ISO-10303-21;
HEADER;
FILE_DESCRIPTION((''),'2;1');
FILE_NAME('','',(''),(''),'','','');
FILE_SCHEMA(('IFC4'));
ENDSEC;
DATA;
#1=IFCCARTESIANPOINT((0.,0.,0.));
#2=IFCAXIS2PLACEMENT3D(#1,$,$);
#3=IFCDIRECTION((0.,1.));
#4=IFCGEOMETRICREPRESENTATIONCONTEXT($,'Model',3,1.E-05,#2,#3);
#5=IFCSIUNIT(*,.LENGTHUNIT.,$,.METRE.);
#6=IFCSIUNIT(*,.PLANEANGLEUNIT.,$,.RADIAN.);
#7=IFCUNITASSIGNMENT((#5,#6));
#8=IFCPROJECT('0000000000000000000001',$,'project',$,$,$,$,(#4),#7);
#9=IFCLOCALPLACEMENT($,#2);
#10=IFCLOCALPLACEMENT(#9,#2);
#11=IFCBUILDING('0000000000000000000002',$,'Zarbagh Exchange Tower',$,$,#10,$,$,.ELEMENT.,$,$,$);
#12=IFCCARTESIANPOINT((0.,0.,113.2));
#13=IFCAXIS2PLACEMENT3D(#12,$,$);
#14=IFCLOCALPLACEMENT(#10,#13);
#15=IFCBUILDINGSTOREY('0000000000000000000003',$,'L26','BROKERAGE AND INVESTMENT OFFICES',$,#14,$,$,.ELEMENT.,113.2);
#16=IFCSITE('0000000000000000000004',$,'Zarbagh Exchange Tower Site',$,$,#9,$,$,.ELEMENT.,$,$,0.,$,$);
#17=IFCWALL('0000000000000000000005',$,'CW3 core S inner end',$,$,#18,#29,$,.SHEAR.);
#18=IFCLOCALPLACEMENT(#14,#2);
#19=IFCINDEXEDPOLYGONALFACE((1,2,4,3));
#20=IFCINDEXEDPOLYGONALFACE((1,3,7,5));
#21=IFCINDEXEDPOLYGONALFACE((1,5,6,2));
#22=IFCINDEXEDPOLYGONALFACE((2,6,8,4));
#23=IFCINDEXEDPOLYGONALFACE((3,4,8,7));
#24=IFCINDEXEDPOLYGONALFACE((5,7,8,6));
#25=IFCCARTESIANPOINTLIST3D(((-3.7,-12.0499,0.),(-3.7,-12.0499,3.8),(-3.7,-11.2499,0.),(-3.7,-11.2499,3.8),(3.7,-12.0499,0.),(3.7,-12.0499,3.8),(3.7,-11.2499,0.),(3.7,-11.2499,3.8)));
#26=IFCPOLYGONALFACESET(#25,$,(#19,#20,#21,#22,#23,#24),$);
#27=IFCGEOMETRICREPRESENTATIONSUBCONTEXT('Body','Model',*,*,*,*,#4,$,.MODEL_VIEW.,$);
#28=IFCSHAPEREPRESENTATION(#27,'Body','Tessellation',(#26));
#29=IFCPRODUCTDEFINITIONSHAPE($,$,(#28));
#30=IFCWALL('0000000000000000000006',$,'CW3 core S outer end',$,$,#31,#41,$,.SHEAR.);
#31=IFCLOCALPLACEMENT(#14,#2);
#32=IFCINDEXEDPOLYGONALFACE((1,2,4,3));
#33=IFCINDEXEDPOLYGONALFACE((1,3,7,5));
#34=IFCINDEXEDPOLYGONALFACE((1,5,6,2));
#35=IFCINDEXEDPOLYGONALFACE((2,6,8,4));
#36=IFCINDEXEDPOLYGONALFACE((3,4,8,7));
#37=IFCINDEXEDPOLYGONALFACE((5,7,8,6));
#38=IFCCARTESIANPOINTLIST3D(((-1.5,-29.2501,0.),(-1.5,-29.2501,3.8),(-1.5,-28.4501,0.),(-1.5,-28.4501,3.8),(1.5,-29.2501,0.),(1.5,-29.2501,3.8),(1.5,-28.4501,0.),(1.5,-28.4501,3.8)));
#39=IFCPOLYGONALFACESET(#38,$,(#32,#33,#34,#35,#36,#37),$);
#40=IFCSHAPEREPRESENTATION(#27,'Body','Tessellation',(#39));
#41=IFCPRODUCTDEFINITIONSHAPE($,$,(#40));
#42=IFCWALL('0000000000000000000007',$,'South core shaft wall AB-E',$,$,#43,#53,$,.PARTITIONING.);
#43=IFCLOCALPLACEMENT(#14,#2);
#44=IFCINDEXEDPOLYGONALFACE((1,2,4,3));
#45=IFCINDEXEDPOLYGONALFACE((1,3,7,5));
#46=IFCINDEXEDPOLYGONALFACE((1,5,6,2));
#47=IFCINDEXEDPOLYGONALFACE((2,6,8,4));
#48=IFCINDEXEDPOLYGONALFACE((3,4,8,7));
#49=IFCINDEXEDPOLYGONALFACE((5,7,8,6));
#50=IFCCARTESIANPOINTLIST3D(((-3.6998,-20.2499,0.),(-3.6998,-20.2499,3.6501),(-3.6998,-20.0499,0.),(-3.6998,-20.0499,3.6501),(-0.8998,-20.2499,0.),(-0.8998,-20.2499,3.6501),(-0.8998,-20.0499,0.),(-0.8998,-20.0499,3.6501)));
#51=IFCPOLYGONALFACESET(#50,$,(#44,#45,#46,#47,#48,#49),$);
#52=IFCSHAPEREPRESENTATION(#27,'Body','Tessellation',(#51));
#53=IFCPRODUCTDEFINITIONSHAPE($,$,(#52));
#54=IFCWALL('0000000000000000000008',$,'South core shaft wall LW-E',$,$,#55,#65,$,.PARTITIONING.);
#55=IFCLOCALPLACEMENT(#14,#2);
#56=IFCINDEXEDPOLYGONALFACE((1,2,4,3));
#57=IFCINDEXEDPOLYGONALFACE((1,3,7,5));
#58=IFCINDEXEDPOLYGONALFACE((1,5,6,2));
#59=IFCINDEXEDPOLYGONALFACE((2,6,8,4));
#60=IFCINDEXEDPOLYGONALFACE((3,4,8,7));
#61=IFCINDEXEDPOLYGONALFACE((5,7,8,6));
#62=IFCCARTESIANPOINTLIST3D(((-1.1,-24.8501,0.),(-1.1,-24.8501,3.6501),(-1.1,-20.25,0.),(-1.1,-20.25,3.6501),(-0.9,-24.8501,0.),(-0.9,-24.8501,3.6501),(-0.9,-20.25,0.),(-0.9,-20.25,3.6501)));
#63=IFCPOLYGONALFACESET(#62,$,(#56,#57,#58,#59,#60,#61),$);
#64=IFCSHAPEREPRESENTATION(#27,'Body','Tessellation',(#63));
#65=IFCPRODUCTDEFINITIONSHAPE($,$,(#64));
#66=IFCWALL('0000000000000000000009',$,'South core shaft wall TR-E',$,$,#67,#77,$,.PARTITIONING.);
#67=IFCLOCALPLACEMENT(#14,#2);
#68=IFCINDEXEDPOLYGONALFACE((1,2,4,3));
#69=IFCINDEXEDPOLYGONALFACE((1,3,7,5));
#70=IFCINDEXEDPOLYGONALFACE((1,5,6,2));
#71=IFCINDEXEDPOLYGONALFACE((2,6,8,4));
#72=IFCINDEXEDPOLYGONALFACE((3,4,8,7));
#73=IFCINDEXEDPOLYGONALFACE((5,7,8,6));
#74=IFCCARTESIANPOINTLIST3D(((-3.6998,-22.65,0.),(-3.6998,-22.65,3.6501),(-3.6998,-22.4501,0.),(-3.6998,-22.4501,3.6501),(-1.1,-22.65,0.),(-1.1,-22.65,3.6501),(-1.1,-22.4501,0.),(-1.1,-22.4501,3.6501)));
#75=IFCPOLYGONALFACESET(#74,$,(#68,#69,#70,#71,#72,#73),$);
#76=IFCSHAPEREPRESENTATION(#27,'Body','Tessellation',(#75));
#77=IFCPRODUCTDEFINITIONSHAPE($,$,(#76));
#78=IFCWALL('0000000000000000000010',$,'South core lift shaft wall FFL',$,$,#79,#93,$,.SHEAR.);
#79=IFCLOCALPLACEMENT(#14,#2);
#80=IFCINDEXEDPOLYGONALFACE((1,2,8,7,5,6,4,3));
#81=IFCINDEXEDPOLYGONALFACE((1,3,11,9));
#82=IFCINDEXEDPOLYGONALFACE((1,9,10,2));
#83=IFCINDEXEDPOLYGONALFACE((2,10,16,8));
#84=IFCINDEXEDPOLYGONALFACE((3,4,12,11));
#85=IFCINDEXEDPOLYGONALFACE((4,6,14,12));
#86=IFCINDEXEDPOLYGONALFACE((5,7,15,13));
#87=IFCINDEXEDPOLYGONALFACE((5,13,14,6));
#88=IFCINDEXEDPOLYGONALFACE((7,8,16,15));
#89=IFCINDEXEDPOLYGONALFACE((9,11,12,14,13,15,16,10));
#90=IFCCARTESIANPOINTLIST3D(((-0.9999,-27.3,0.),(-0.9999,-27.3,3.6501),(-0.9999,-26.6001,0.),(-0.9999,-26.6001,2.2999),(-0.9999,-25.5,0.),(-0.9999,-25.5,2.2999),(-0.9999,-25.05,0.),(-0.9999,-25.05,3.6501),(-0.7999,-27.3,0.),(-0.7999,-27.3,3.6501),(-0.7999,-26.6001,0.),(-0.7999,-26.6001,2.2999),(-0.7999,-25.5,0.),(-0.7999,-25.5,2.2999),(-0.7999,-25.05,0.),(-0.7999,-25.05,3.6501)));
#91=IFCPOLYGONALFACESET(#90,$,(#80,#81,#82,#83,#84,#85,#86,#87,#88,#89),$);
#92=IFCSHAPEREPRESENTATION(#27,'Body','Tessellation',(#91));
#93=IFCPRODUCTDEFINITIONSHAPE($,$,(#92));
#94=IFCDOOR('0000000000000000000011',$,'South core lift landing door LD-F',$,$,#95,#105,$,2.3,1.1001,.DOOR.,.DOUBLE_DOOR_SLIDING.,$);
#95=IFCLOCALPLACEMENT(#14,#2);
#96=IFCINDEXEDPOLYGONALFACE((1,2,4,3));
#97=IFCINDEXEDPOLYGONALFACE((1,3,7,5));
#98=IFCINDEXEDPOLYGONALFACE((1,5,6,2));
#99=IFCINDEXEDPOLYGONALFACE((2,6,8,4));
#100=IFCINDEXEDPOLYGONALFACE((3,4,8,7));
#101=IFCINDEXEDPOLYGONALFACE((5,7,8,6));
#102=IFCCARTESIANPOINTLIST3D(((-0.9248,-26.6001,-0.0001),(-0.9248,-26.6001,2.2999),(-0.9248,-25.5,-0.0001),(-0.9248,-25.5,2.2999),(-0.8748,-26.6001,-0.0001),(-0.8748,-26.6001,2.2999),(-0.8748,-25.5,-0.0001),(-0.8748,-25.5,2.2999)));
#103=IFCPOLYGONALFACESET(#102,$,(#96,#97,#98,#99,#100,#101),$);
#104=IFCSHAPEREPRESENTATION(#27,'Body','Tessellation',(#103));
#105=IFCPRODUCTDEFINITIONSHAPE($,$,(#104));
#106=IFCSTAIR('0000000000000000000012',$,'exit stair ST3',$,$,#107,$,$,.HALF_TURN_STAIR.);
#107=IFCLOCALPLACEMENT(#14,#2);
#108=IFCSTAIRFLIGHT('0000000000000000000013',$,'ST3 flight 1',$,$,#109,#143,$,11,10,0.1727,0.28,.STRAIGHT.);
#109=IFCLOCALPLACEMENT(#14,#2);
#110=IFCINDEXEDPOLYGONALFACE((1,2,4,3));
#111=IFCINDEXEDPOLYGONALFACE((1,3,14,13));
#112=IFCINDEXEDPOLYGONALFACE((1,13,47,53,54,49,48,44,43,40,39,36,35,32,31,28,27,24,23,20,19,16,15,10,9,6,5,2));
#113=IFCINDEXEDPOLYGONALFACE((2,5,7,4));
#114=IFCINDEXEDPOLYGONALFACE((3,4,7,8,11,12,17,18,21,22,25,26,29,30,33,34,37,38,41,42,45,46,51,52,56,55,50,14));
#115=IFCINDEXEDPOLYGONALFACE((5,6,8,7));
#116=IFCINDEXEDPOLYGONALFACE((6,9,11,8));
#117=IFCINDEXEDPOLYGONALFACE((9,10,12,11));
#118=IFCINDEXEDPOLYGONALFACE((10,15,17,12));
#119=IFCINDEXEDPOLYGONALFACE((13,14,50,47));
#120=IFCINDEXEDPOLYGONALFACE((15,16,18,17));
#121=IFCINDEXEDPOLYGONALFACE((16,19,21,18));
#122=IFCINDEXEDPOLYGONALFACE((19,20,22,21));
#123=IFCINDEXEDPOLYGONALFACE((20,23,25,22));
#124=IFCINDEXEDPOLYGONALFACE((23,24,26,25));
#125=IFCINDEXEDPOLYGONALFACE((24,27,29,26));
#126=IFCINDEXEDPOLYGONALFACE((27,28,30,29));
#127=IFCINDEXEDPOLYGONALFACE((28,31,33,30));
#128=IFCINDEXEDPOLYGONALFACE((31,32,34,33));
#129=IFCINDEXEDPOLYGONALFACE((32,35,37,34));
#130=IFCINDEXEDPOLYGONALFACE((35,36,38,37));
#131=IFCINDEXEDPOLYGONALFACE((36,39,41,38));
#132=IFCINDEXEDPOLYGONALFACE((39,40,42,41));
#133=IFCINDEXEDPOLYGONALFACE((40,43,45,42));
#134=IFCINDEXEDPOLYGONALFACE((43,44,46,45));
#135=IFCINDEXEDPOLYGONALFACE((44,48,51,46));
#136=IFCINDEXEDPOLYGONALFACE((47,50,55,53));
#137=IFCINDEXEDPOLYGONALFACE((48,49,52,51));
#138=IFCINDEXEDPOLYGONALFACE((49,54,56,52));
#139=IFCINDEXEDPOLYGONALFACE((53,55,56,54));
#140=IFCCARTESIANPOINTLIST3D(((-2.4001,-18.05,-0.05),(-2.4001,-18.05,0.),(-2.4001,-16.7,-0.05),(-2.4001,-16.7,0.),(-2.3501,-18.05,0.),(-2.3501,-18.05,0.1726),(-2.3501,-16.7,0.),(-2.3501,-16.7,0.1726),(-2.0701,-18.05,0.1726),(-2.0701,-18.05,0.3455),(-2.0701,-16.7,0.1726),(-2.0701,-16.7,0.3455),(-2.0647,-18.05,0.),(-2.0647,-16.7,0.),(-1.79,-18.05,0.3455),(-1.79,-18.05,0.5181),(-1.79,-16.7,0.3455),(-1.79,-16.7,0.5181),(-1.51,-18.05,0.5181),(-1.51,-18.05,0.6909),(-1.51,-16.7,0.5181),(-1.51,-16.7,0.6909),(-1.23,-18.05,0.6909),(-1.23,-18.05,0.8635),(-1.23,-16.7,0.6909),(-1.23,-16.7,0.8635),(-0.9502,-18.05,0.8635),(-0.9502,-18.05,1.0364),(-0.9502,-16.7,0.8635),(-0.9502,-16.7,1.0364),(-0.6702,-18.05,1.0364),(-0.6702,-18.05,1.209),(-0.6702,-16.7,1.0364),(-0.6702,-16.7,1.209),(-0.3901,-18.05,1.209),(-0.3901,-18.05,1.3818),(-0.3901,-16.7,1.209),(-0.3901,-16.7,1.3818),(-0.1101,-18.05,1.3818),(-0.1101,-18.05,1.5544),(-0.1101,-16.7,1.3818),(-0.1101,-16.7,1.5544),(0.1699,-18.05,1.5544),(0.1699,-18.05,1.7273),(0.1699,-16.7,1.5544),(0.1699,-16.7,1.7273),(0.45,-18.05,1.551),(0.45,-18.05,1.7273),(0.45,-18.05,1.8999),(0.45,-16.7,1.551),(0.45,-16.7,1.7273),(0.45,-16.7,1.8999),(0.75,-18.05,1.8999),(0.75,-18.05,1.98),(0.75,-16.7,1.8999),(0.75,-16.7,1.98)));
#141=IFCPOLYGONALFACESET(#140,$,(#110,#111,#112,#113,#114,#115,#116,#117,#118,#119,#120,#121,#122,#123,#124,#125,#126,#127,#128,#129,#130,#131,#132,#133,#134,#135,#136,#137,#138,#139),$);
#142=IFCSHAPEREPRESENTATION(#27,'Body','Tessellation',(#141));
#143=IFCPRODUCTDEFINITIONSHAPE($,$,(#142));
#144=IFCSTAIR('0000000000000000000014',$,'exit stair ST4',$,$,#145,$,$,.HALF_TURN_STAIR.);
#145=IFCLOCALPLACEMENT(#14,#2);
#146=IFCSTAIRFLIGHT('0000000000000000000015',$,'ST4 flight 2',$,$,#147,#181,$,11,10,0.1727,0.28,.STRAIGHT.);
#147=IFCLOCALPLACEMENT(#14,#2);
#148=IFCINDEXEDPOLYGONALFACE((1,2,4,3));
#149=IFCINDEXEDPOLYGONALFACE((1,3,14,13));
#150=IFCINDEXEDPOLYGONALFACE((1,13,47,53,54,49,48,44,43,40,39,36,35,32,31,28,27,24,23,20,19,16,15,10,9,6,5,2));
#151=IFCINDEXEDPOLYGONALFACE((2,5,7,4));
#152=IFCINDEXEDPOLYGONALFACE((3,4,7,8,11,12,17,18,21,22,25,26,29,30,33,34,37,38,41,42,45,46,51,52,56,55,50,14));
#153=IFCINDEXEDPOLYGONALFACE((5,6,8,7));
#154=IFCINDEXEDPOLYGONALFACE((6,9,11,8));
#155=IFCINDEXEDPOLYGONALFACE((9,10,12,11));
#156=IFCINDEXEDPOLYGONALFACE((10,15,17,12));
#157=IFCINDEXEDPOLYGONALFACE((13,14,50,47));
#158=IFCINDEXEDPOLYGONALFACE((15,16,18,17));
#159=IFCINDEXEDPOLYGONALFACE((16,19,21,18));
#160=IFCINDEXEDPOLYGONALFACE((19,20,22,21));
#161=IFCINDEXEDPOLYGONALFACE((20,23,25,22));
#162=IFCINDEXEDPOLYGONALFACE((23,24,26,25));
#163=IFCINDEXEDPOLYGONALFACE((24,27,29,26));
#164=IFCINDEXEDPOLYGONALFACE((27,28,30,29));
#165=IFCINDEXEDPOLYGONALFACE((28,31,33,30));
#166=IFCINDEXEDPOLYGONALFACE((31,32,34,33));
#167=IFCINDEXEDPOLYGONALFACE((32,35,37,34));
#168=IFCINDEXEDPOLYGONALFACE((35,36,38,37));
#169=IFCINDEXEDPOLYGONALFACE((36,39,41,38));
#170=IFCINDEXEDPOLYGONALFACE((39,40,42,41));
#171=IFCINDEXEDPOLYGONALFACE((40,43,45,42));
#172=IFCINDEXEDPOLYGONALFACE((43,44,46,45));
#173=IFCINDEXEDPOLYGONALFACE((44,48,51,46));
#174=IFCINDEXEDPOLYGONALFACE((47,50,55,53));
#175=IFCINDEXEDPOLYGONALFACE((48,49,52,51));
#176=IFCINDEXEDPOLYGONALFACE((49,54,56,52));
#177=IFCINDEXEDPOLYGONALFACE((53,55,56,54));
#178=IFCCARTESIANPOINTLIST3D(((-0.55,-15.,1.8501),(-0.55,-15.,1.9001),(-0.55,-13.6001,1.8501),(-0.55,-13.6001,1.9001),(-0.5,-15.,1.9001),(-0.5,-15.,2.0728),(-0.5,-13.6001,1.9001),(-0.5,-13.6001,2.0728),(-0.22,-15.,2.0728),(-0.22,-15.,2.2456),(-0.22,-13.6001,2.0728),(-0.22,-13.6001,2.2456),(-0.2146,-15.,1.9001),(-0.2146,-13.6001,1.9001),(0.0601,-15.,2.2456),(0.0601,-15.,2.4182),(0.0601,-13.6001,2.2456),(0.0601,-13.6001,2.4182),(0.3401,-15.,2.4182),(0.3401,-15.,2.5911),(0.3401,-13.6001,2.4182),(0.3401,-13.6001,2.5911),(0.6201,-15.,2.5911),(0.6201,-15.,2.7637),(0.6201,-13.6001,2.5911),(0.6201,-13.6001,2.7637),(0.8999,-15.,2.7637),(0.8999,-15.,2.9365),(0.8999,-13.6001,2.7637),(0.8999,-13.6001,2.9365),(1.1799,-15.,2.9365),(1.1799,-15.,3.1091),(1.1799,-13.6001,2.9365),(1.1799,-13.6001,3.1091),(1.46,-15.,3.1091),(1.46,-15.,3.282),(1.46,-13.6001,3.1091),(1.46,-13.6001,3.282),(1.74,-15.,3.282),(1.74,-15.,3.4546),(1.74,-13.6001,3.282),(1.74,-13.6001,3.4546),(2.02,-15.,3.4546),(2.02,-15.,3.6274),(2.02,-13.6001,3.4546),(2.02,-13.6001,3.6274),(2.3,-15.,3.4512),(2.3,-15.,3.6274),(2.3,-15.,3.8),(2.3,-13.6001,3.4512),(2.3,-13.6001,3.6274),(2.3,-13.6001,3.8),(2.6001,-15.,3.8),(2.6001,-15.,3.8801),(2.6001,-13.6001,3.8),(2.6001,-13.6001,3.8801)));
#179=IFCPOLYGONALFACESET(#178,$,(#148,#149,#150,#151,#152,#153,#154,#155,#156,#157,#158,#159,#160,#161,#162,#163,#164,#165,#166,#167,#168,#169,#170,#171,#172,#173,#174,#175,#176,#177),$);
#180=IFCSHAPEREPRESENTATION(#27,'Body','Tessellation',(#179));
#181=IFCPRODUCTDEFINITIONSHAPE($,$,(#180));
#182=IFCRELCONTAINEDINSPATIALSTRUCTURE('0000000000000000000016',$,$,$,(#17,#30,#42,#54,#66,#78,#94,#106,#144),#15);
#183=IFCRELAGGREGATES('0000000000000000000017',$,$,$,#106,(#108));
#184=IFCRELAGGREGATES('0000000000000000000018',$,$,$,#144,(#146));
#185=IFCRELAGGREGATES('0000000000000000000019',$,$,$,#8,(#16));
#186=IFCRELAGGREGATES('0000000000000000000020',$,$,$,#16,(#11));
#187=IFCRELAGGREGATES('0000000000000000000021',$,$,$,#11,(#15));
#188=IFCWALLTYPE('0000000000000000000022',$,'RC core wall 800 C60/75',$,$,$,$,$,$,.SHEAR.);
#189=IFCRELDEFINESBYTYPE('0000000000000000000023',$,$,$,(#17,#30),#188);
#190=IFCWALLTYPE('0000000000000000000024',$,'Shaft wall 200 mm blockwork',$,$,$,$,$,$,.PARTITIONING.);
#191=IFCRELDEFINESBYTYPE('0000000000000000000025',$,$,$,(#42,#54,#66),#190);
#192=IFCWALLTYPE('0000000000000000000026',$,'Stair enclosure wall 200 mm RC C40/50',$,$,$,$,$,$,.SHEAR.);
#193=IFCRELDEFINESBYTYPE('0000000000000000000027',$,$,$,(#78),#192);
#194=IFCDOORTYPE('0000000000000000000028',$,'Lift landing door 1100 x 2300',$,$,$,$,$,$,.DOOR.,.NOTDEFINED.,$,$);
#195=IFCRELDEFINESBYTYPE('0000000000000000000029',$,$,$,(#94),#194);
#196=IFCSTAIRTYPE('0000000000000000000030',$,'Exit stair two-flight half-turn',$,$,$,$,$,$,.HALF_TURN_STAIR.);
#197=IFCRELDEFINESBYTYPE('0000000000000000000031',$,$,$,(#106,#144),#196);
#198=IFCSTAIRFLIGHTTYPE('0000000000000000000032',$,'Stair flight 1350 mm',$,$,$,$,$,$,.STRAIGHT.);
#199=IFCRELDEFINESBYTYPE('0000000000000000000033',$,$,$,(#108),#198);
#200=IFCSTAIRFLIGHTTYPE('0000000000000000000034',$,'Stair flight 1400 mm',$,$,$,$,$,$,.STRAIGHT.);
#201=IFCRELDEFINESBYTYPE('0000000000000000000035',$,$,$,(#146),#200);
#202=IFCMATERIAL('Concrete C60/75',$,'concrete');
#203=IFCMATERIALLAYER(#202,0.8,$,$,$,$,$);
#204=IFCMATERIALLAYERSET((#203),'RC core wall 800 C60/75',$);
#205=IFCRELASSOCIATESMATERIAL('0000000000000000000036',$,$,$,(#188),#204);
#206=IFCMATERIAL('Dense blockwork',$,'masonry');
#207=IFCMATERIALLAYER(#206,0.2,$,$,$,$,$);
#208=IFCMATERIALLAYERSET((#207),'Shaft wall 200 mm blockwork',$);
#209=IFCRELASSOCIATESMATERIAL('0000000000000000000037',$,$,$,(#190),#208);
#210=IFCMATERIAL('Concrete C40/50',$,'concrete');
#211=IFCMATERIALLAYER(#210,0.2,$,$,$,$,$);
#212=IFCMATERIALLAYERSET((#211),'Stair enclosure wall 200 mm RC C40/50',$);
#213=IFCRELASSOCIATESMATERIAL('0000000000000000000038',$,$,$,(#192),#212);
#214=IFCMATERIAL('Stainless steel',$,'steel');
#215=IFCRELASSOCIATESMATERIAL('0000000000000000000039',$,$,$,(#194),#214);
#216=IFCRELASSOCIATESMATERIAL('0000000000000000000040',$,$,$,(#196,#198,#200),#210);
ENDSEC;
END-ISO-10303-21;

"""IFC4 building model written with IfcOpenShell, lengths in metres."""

from ifc_helpers import new_model, si_unit, direction, frame, frame_2d, origin, place, context, subcontext, project, spatial, polyline, rectangle, outline, extrude, material, layer, layer_set, type_object, element, fill, aggregate, save


model = new_model("IFC4")

# Units and contexts
model_context = context("Model", 3, precision=1e-05, world=origin(), true_north=direction((0.0, 1.0)))
body_context = subcontext(model_context, "Body", "Model", "MODEL_VIEW")
ifc_project = project(units=[si_unit("LENGTHUNIT", "METRE"), si_unit("PLANEANGLEUNIT", "RADIAN")], contexts=[model_context])

# Site, building, storey
site_placement = place(None, origin())
site = spatial("IfcSite", under=ifc_project, at=site_placement, Name="Zarbagh Exchange Tower Site", CompositionType="ELEMENT", RefElevation=0.0)
building_placement = place(site_placement, origin())
building = spatial("IfcBuilding", under=site, at=building_placement, Name="Zarbagh Exchange Tower", CompositionType="ELEMENT")
storey_placement = place(building_placement, frame((0.0, 0.0, 113.2)))
storey = spatial("IfcBuildingStorey", under=building, at=storey_placement, Name="L26", Description="BROKERAGE AND INVESTMENT OFFICES", CompositionType="ELEMENT", Elevation=113.2)

# Shared definitions
ifc_material_1 = material(Name="Concrete C60/75", Category="concrete")

# Shared definitions
ifc_material_2 = material(Name="Concrete C40/50", Category="concrete")

# Shared definitions
ifc_layer_1 = layer(ifc_material_1, 0.8)
ifc_layer_set_1 = layer_set([ifc_layer_1], Name="RC core wall 800 C60/75")
wall_type_1 = type_object("IfcWallType", Name="RC core wall 800 C60/75", PredefinedType="SHEAR", material=ifc_layer_set_1)

# Walls
wall_1_placement = place(storey_placement, frame((-3.7, -11.6499, 0.0), z_axis=(0.0, 0.0, 1.0), x_axis=(1.0, 0.0, 0.0)))
element("IfcWall", 1, at=wall_1_placement, inside=storey, type_object=wall_type_1, Name="CW3 core S inner end", PredefinedType="SHEAR", context=body_context, shape_type="SweptSolid", body=[
    extrude(rectangle(XDim=7.3999, YDim=0.8, at=frame_2d((3.7, 0.0))), origin(), (0.0, 0.0, 1.0), 3.8),
])
wall_2_placement = place(storey_placement, frame((-1.5, -28.8501, 0.0), z_axis=(0.0, 0.0, 1.0), x_axis=(1.0, 0.0, 0.0)))
element("IfcWall", 2, at=wall_2_placement, inside=storey, type_object=wall_type_1, Name="CW3 core S outer end", PredefinedType="SHEAR", context=body_context, shape_type="SweptSolid", body=[
    extrude(rectangle(XDim=3.0, YDim=0.8, at=frame_2d((1.5, 0.0))), origin(), (0.0, 0.0, 1.0), 3.8),
])
ifc_material_3 = material(Name="Dense blockwork", Category="masonry")
ifc_layer_2 = layer(ifc_material_3, 0.2)
ifc_layer_set_2 = layer_set([ifc_layer_2], Name="Shaft wall 200 mm blockwork")
wall_type_2 = type_object("IfcWallType", Name="Shaft wall 200 mm blockwork", PredefinedType="PARTITIONING", material=ifc_layer_set_2)
wall_3_placement = place(storey_placement, frame((-0.8999, -20.1499, 0.0), z_axis=(0.0, 0.0, 1.0), x_axis=(-1.0, 0.0, 0.0)))
element("IfcWall", 3, at=wall_3_placement, inside=storey, type_object=wall_type_2, Name="South core shaft wall AB-E", PredefinedType="PARTITIONING", context=body_context, shape_type="SweptSolid", body=[
    extrude(rectangle(XDim=2.8, YDim=0.2, at=frame_2d((1.3999, 0.0))), origin(), (0.0, 0.0, 1.0), 3.6501),
])
wall_4_placement = place(storey_placement, frame((-1.0, -24.8501, 0.0), z_axis=(0.0, 0.0, 1.0), x_axis=(0.0, 1.0, 0.0)))
element("IfcWall", 4, at=wall_4_placement, inside=storey, type_object=wall_type_2, Name="South core shaft wall LW-E", PredefinedType="PARTITIONING", context=body_context, shape_type="SweptSolid", body=[
    extrude(rectangle(XDim=4.6001, YDim=0.2, at=frame_2d((2.3, 0.0))), origin(), (0.0, 0.0, 1.0), 3.6501),
])
wall_5_placement = place(storey_placement, frame((-1.1001, -22.55, 0.0), z_axis=(0.0, 0.0, 1.0), x_axis=(-1.0, 0.0, 0.0)))
element("IfcWall", 5, at=wall_5_placement, inside=storey, type_object=wall_type_2, Name="South core shaft wall TR-E", PredefinedType="PARTITIONING", context=body_context, shape_type="SweptSolid", body=[
    extrude(rectangle(XDim=2.5999, YDim=0.2, at=frame_2d((1.2998, 0.0))), origin(), (0.0, 0.0, 1.0), 3.6501),
])

# Wall, opening, door
ifc_layer_3 = layer(ifc_material_2, 0.2)
ifc_layer_set_3 = layer_set([ifc_layer_3], Name="Stair enclosure wall 200 mm RC C40/50")
wall_type_3 = type_object("IfcWallType", Name="Stair enclosure wall 200 mm RC C40/50", PredefinedType="SHEAR", material=ifc_layer_set_3)
wall_6_placement = place(storey_placement, frame((-0.8999, -27.3, 0.0), z_axis=(0.0, 0.0, 1.0), x_axis=(0.0, 1.0, 0.0)))
wall_6 = element("IfcWall", 6, at=wall_6_placement, inside=storey, type_object=wall_type_3, Name="South core lift shaft wall FFL", PredefinedType="SHEAR", context=body_context, shape_type="SweptSolid", body=[
    extrude(rectangle(XDim=2.25, YDim=0.2, at=frame_2d((1.125, 0.0))), origin(), (0.0, 0.0, 1.0), 3.6501),
])
opening_1_placement = place(wall_6_placement, frame((0.7, 0.0, 0.0)))
opening_1 = element("IfcOpeningElement", 7, at=opening_1_placement, cuts=wall_6, PredefinedType="OPENING", context=body_context, shape_type="SweptSolid", body=[
    extrude(rectangle(XDim=1.1001, YDim=2.3, at=frame_2d((0.55, 1.1499))), frame((0.0, 0.1099, 0.0), z_axis=(0.0, -1.0, 0.0), x_axis=(1.0, 0.0, 0.0)), (0.0, 0.0, 1.0), 0.22),
])
ifc_material_4 = material(Name="Stainless steel", Category="steel")
door_type_1 = type_object("IfcDoorType", Name="Lift landing door 1100 x 2300", OperationType="NOTDEFINED", PredefinedType="DOOR", material=ifc_material_4)
door_1_placement = place(opening_1_placement, origin())
door_1 = element("IfcDoor", 8, at=door_1_placement, inside=storey, type_object=door_type_1, Name="South core lift landing door LD-F", OperationType="DOUBLE_DOOR_SLIDING", OverallHeight=2.3, OverallWidth=1.1001, PredefinedType="DOOR", context=body_context, shape_type="SweptSolid", body=[
    extrude(rectangle(XDim=1.1001, YDim=2.3, at=frame_2d((0.55, 1.1499))), frame((0.0, 0.0249, 0.0), z_axis=(0.0, -1.0, 0.0), x_axis=(1.0, 0.0, 0.0)), (0.0, 0.0, 1.0), 0.05),
])
fill(opening_1, door_1)

# Stairs, stair flights
stair_type = type_object("IfcStairType", Name="Exit stair two-flight half-turn", PredefinedType="HALF_TURN_STAIR", material=ifc_material_2)
stair_1_placement = place(storey_placement, origin())
stair_1 = element("IfcStair", 9, at=stair_1_placement, inside=storey, type_object=stair_type, Name="exit stair ST3", PredefinedType="HALF_TURN_STAIR")
stair_flight_type_1 = type_object("IfcStairFlightType", Name="Stair flight 1350 mm", PredefinedType="STRAIGHT", material=ifc_material_2)
stair_flight_1_placement = place(storey_placement, frame((-2.3501, -17.375, 0.0), z_axis=(0.0, 0.0, 1.0), x_axis=(1.0, 0.0, 0.0)))
stair_flight_1 = element("IfcStairFlight", 10, at=stair_flight_1_placement, type_object=stair_flight_type_1, Name="ST3 flight 1", NumberOfRisers=11, NumberOfTreads=10, PredefinedType="STRAIGHT", RiserHeight=0.1727, TreadLength=0.28, context=body_context, shape_type="SweptSolid", body=[
    extrude(outline(polyline([(-0.05, -0.05), (-0.05, 0.0), (0.0, 0.0), (0.0, 0.1726), (0.28, 0.1726), (0.28, 0.3455), (0.5601, 0.3455), (0.5601, 0.5181), (0.8401, 0.5181), (0.8401, 0.6909), (1.1201, 0.6909), (1.1201, 0.8635), (1.3999, 0.8635), (1.3999, 1.0364), (1.6799, 1.0364), (1.6799, 1.209), (1.96, 1.209), (1.96, 1.3818), (2.24, 1.3818), (2.24, 1.5544), (2.52, 1.5544), (2.52, 1.7273), (2.8, 1.7273), (2.8, 1.8999), (3.1001, 1.98), (3.1001, 1.8999), (2.8, 1.551), (0.2854, 0.0), (-0.05, -0.05)])), frame((0.0, 0.675, 0.0), z_axis=(0.0, -1.0, 0.0), x_axis=(1.0, 0.0, 0.0)), (0.0, 0.0, 1.0), 1.3501),
])
aggregate(stair_1, [stair_flight_1])
stair_2_placement = place(storey_placement, origin())
stair_2 = element("IfcStair", 11, at=stair_2_placement, inside=storey, type_object=stair_type, Name="exit stair ST4", PredefinedType="HALF_TURN_STAIR")
stair_flight_type_2 = type_object("IfcStairFlightType", Name="Stair flight 1400 mm", PredefinedType="STRAIGHT", material=ifc_material_2)
stair_flight_2_placement = place(storey_placement, frame((-0.5, -14.3, 1.9001), z_axis=(0.0, 0.0, 1.0), x_axis=(1.0, 0.0, 0.0)))
stair_flight_2 = element("IfcStairFlight", 12, at=stair_flight_2_placement, type_object=stair_flight_type_2, Name="ST4 flight 2", NumberOfRisers=11, NumberOfTreads=10, PredefinedType="STRAIGHT", RiserHeight=0.1727, TreadLength=0.28, context=body_context, shape_type="SweptSolid", body=[
    extrude(outline(polyline([(-0.05, -0.05), (-0.05, 0.0), (0.0, 0.0), (0.0, 0.1726), (0.28, 0.1726), (0.28, 0.3455), (0.5601, 0.3455), (0.5601, 0.5181), (0.8401, 0.5181), (0.8401, 0.6909), (1.1201, 0.6909), (1.1201, 0.8635), (1.3999, 0.8635), (1.3999, 1.0364), (1.6799, 1.0364), (1.6799, 1.209), (1.96, 1.209), (1.96, 1.3818), (2.24, 1.3818), (2.24, 1.5544), (2.52, 1.5544), (2.52, 1.7273), (2.8, 1.7273), (2.8, 1.8999), (3.1001, 1.98), (3.1001, 1.8999), (2.8, 1.551), (0.2854, 0.0), (-0.05, -0.05)])), frame((0.0, 0.7, 0.0), z_axis=(0.0, -1.0, 0.0), x_axis=(1.0, 0.0, 0.0)), (0.0, 0.0, 1.0), 1.3999),
])
aggregate(stair_2, [stair_flight_2])

save(model, "model.ifc")
